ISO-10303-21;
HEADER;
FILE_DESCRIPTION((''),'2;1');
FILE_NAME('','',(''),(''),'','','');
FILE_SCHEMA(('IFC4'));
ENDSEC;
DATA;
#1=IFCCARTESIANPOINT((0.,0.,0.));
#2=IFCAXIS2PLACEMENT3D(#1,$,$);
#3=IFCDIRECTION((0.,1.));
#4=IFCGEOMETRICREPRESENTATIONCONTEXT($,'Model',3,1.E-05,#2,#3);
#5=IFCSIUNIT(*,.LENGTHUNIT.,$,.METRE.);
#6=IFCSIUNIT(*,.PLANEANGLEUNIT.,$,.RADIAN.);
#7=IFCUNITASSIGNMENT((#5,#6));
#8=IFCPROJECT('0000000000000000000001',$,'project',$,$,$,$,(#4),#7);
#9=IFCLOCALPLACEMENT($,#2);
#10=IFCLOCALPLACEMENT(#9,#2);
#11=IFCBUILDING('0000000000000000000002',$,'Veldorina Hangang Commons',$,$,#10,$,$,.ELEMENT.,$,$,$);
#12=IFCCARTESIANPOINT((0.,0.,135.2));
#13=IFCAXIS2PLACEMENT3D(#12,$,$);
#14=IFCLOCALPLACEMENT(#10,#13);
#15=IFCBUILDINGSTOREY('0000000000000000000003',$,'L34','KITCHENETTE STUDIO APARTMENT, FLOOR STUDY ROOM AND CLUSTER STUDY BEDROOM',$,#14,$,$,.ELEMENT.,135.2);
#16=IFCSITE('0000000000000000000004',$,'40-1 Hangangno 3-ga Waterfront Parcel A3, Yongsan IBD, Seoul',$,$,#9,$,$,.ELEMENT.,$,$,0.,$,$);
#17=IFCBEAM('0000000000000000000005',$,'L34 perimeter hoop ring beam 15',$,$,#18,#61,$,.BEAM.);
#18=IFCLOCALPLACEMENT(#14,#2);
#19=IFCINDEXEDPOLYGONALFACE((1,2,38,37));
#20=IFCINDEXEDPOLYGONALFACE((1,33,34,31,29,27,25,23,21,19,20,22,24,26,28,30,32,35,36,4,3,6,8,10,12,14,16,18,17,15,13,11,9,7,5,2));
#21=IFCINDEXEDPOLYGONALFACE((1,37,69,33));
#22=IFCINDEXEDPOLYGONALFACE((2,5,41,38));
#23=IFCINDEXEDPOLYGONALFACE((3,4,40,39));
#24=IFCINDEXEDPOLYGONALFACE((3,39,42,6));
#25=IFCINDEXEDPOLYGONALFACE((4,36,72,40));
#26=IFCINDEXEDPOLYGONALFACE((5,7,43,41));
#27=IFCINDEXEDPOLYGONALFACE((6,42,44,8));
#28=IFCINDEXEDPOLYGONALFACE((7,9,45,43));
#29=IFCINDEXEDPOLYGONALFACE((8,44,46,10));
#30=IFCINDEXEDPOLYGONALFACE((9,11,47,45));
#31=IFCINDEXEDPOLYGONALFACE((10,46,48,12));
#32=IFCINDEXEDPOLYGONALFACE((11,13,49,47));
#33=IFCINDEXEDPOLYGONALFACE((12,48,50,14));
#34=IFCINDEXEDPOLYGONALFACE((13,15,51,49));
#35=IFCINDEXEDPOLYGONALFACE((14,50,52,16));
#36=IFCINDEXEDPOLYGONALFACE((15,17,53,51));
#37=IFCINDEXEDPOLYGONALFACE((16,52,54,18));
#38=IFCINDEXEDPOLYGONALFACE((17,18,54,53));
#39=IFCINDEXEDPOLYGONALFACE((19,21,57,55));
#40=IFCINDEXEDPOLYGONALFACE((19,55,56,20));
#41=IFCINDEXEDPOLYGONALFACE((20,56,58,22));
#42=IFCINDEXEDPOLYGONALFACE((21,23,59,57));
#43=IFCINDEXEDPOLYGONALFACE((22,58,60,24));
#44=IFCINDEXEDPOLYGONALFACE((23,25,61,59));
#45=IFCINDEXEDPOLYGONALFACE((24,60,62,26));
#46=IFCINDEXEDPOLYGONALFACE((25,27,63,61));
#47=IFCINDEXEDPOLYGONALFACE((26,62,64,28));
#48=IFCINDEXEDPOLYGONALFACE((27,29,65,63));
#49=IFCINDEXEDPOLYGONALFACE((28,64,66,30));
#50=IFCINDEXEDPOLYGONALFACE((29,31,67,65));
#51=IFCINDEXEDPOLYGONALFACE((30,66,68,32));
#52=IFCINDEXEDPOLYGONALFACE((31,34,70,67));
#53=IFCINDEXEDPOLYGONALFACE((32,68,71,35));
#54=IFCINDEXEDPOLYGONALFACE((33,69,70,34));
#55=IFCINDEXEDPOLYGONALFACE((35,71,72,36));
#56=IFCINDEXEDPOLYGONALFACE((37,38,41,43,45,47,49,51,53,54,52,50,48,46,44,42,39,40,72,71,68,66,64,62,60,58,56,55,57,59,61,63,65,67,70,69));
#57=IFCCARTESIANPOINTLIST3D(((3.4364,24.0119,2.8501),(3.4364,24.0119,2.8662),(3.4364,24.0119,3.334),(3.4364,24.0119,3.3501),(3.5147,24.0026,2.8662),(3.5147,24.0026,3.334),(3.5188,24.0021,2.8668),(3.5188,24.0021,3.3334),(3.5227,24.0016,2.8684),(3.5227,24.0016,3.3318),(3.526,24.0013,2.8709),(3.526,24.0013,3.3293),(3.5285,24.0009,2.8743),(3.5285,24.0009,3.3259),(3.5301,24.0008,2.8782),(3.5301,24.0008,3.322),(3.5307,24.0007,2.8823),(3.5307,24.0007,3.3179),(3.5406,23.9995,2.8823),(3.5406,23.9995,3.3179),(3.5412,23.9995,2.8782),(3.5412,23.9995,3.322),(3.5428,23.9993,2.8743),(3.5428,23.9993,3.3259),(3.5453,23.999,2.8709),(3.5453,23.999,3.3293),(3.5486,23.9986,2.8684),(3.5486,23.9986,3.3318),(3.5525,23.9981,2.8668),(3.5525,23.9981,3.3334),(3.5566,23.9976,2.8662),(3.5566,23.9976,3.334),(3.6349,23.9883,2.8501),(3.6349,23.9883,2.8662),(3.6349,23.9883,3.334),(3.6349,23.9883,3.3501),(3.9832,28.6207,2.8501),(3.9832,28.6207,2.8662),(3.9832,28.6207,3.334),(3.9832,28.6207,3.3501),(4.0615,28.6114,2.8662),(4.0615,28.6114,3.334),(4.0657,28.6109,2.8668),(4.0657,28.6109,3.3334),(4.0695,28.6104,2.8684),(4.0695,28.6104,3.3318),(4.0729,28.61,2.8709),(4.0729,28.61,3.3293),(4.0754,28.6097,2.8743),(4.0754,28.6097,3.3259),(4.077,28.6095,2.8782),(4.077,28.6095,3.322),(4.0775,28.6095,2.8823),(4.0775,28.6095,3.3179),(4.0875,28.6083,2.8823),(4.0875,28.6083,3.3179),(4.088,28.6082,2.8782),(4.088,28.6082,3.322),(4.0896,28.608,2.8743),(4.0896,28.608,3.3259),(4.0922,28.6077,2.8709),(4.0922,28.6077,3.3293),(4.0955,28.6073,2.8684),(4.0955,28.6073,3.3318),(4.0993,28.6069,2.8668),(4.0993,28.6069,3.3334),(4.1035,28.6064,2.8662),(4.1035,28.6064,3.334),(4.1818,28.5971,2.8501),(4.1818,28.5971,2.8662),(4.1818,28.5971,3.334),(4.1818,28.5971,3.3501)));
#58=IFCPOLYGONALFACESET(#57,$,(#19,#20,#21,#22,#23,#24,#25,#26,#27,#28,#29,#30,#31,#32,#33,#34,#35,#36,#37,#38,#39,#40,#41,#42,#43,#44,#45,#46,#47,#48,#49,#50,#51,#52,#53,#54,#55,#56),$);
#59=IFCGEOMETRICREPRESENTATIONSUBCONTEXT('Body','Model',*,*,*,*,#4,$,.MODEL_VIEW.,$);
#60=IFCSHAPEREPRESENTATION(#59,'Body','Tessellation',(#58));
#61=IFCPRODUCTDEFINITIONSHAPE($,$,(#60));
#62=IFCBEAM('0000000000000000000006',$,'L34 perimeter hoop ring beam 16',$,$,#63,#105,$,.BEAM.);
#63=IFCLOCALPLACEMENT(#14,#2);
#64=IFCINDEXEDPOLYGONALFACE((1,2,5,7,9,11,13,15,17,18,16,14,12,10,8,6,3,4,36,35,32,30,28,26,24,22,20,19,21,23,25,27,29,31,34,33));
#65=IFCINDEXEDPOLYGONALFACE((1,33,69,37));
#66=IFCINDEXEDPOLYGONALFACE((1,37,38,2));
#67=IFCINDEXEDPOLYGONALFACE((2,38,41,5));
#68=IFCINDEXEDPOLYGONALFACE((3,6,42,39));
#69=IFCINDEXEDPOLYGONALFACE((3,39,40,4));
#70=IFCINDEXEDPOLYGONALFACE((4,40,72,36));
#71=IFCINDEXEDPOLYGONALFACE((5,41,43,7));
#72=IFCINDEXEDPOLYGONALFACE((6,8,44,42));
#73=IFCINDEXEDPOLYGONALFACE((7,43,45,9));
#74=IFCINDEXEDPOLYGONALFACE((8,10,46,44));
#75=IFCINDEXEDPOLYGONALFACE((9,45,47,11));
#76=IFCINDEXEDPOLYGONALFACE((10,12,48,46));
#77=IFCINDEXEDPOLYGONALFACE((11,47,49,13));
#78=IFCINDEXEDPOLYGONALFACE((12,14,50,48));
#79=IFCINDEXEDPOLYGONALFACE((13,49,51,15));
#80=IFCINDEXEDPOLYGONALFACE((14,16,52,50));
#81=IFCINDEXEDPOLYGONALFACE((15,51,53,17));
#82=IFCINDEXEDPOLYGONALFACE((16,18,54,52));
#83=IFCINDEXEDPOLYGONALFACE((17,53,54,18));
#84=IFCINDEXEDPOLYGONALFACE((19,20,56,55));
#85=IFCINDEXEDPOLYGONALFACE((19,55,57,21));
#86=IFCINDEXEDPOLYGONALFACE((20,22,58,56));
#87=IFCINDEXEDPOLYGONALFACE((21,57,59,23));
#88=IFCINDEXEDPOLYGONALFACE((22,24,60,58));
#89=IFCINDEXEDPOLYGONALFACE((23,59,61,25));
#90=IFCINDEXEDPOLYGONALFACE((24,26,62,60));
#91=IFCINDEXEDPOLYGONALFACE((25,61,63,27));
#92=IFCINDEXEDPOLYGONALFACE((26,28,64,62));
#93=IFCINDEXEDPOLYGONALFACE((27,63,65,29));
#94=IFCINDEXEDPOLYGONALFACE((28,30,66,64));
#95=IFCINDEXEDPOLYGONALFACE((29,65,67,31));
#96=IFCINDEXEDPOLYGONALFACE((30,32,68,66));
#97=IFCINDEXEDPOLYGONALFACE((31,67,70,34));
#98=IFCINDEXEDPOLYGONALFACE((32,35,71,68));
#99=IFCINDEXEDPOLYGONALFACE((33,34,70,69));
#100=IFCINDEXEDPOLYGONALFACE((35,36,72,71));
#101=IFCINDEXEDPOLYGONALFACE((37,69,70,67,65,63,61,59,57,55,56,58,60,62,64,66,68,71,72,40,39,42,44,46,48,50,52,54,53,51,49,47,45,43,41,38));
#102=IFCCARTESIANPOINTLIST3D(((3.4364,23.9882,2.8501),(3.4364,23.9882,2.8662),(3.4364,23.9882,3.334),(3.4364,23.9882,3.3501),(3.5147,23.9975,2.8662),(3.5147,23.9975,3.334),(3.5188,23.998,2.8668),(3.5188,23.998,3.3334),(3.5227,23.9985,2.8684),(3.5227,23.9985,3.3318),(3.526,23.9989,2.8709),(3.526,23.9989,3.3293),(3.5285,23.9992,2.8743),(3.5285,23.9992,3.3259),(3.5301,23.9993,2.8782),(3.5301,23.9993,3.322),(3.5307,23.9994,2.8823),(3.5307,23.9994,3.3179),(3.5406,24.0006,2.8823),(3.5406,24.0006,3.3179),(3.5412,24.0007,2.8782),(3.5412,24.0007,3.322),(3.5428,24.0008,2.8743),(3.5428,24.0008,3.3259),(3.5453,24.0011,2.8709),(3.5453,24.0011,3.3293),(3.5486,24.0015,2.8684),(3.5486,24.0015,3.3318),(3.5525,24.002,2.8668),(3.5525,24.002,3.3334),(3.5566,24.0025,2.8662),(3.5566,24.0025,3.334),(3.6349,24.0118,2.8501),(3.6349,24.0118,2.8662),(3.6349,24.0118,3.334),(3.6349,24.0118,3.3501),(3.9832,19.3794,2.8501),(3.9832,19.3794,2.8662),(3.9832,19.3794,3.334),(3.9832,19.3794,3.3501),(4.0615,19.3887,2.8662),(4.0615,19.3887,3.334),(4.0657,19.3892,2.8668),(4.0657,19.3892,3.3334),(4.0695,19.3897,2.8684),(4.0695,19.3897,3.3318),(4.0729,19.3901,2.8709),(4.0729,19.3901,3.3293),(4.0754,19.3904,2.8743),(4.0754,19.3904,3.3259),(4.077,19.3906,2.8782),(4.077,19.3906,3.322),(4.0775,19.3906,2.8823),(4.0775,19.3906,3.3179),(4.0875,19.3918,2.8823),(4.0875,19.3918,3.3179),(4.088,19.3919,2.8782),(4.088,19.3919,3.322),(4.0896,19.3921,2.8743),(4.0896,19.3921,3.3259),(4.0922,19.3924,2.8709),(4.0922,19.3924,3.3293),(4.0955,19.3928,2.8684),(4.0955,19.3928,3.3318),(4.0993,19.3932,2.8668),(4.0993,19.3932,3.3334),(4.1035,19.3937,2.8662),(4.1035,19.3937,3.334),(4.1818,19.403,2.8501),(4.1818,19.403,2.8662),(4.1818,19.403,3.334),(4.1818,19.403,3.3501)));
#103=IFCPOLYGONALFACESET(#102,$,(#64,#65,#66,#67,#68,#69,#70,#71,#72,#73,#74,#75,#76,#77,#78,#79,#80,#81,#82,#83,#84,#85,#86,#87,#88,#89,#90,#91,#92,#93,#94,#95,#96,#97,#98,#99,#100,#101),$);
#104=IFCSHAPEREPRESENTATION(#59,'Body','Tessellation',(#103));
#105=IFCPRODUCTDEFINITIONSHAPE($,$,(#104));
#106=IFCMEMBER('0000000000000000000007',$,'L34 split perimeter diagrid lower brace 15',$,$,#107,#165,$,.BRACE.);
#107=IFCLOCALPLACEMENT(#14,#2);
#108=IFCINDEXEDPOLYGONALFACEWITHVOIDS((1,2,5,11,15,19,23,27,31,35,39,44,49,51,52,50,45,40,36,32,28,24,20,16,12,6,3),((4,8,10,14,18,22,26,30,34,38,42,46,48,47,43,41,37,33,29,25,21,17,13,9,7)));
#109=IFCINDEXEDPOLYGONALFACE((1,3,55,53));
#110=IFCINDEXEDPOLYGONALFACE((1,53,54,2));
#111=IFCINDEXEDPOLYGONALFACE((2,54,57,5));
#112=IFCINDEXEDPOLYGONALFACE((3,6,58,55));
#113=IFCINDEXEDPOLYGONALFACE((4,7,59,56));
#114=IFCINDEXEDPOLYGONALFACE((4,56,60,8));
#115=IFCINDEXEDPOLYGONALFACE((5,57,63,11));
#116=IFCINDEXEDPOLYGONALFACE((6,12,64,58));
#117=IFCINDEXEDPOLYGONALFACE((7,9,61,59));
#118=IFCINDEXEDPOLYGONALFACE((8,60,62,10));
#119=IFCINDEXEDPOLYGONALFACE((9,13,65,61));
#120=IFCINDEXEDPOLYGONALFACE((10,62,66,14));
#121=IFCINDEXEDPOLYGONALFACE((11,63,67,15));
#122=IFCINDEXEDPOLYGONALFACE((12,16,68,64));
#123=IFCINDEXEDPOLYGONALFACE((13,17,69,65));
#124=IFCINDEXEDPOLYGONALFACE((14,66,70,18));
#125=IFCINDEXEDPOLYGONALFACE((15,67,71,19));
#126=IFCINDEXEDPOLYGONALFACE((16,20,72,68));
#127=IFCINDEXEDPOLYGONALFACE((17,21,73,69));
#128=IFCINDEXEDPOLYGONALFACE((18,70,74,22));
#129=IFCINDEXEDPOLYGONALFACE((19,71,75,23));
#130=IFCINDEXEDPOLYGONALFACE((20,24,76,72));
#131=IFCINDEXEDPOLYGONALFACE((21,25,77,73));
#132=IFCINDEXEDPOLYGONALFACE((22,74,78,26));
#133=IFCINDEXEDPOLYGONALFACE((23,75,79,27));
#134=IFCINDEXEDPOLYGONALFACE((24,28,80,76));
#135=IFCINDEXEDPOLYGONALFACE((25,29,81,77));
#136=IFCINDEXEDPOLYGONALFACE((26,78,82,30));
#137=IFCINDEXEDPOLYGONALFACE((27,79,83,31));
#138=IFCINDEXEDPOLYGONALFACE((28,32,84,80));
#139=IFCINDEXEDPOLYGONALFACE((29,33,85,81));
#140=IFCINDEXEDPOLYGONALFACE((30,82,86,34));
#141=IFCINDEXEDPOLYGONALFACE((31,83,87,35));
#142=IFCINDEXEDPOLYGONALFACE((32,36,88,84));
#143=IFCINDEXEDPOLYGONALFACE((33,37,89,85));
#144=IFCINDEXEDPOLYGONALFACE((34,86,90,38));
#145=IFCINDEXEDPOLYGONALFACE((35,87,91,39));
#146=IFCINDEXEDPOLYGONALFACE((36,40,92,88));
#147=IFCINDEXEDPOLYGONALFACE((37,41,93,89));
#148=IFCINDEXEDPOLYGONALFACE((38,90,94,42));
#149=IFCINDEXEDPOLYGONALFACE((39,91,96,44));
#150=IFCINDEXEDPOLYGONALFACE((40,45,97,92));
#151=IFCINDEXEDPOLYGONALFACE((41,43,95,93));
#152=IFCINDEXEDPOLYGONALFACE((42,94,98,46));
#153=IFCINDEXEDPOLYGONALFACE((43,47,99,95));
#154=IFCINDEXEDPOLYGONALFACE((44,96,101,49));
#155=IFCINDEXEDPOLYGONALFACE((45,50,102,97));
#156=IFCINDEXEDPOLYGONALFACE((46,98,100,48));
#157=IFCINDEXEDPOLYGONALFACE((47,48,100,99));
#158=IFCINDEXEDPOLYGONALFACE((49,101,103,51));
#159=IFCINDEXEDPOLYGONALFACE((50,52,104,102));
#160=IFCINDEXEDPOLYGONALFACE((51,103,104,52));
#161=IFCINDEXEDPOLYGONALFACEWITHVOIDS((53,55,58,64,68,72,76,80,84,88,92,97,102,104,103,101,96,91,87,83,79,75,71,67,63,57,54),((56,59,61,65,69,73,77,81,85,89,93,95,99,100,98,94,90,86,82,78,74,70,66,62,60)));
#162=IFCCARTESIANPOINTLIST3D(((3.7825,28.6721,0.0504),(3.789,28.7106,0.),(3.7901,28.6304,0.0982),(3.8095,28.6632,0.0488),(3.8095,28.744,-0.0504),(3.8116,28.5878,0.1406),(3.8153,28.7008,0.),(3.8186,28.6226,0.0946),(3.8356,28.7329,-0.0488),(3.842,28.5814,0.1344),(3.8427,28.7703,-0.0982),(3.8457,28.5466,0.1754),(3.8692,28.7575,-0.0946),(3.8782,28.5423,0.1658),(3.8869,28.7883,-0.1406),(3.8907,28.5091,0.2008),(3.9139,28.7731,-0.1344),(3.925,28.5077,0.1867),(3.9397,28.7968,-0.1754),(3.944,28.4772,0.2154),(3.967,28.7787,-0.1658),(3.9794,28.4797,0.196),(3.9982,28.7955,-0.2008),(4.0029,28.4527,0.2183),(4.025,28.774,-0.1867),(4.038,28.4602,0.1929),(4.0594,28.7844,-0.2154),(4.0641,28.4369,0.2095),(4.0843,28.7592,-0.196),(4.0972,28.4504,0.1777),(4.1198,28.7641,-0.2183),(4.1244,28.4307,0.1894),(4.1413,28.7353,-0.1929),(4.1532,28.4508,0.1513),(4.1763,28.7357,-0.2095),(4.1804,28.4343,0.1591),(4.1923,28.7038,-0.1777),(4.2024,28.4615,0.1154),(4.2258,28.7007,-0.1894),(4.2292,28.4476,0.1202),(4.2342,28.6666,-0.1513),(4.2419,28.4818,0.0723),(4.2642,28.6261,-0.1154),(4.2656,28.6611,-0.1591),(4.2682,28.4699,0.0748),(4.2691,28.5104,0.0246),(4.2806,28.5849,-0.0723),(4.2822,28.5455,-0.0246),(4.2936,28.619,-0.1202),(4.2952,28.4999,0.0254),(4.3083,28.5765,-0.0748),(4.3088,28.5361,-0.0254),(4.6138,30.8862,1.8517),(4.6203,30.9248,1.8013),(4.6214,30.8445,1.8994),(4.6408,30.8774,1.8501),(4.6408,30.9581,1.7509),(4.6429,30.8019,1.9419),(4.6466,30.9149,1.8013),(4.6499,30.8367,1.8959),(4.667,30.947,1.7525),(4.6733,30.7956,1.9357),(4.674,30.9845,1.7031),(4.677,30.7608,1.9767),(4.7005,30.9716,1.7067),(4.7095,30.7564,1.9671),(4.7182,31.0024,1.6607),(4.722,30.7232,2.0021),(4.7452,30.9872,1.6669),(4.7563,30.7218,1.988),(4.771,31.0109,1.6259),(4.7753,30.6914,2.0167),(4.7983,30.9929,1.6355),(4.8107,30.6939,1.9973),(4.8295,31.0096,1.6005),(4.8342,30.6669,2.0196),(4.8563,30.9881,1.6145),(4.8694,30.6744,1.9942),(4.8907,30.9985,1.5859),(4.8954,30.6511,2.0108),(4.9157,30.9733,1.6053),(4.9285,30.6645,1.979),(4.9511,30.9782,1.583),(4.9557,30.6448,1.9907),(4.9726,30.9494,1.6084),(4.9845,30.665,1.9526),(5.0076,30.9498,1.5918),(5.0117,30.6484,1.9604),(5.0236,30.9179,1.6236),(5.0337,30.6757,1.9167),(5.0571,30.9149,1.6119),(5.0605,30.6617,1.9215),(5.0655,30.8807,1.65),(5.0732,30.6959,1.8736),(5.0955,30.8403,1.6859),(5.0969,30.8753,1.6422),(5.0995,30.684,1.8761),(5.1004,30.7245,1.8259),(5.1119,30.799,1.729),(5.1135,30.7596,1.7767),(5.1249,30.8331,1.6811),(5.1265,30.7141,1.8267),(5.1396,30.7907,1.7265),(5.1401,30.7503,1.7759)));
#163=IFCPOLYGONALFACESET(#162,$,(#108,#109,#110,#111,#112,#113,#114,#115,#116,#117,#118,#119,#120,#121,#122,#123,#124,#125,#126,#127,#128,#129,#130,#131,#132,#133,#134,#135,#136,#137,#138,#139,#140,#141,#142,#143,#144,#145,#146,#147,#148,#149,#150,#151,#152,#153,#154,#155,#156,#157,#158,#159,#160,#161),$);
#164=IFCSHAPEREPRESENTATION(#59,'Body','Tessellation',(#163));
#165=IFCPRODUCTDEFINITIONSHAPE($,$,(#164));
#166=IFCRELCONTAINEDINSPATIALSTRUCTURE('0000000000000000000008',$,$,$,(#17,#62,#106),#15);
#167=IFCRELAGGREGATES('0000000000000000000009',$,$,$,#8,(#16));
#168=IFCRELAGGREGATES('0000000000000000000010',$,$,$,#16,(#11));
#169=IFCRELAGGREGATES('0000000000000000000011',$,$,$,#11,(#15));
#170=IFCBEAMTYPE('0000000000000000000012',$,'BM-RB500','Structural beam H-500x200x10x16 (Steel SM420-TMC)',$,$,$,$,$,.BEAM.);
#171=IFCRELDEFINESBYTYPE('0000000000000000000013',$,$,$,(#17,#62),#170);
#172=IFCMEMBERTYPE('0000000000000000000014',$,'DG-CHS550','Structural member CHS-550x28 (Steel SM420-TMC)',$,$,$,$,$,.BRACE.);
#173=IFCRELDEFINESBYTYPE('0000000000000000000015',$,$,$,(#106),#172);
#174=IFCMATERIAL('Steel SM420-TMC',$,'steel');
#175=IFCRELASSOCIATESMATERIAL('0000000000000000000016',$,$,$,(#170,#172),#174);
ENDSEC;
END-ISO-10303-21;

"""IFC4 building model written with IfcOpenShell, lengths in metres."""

from ifc_helpers import new_model, si_unit, direction, frame, origin, origin_2d, place, context, subcontext, project, spatial, hollow_circle, i_section, extrude, material, material_profile, profile_set, type_object, element, save


model = new_model("IFC4")

# Units and contexts
model_context = context("Model", 3, precision=1e-05, world=origin(), true_north=direction((0.0, 1.0)))
body_context = subcontext(model_context, "Body", "Model", "MODEL_VIEW")
ifc_project = project(units=[si_unit("LENGTHUNIT", "METRE"), si_unit("PLANEANGLEUNIT", "RADIAN")], contexts=[model_context])

# Site, building, storey
site_placement = place(None, origin())
site = spatial("IfcSite", under=ifc_project, at=site_placement, Name="40-1 Hangangno 3-ga Waterfront Parcel A3, Yongsan IBD, Seoul", CompositionType="ELEMENT", RefElevation=0.0)
building_placement = place(site_placement, origin())
building = spatial("IfcBuilding", under=site, at=building_placement, Name="Veldorina Hangang Commons", CompositionType="ELEMENT")
storey_placement = place(building_placement, frame((0.0, 0.0, 135.2)))
storey = spatial("IfcBuildingStorey", under=building, at=storey_placement, Name="L34", Description="KITCHENETTE STUDIO APARTMENT, FLOOR STUDY ROOM AND CLUSTER STUDY BEDROOM", CompositionType="ELEMENT", Elevation=135.2)

# Beams
ifc_material_1 = material(Name="Steel SM420-TMC", Category="steel")
ifc_material_profile_1 = material_profile(ifc_material_1, i_section(OverallWidth=0.2, OverallDepth=0.5, WebThickness=0.01, FlangeThickness=0.0161, FilletRadius=0.0161, at=origin_2d()), Name="H-500x200x10x16")
ifc_profile_set_1 = profile_set([ifc_material_profile_1], Name="Steel SM420-TMC")
beam_type_1 = type_object("IfcBeamType", Name="BM-RB500", Description="Structural beam H-500x200x10x16 (Steel SM420-TMC)", PredefinedType="BEAM", material=ifc_profile_set_1)
for number, where, z_axis, x_axis, name in (
    (1, (4.0825, 28.6089, 3.1001), (-0.11783, -0.993034, 0.0), (0.993034, -0.11783, 0.0), "L34 perimeter hoop ring beam 15"),
    (2, (3.5356, 24.0, 3.1001), (0.11783, -0.993034, 0.0), (0.993034, 0.11783, 0.0), "L34 perimeter hoop ring beam 16"),
):
    element("IfcBeam", number, at=place(storey_placement, frame(where, z_axis=z_axis, x_axis=x_axis)), inside=storey, type_object=beam_type_1, Name=name, PredefinedType="BEAM", context=body_context, shape_type="SweptSolid", body=[
        extrude(i_section(OverallWidth=0.2, OverallDepth=0.5, WebThickness=0.01, FlangeThickness=0.0161, FilletRadius=0.0161, at=origin_2d()), origin(), (0.0, 0.0, 1.0), 4.6411),
    ])

# Member
ifc_material_profile_2 = material_profile(ifc_material_1, hollow_circle(Radius=0.2749, WallThickness=0.0281, at=origin_2d()), Name="CHS-550x28")
ifc_profile_set_2 = profile_set([ifc_material_profile_2], Name="Steel SM420-TMC")
member_type = type_object("IfcMemberType", Name="DG-CHS550", Description="Structural member CHS-550x28 (Steel SM420-TMC)", PredefinedType="BRACE", material=ifc_profile_set_2)
member_1_placement = place(storey_placement, frame((4.0464, 28.614, 0.0), z_axis=(0.279629, 0.744774, 0.605904), x_axis=(-0.936189, 0.351497, 0.0)))
element("IfcMember", 3, at=member_1_placement, inside=storey, type_object=member_type, Name="L34 split perimeter diagrid lower brace 15", PredefinedType="BRACE", context=body_context, shape_type="SweptSolid", body=[
    extrude(hollow_circle(Radius=0.2749, WallThickness=0.0281, at=origin_2d()), origin(), (0.0, 0.0, 1.0), 2.9729),
])

save(model, "model.ifc")
